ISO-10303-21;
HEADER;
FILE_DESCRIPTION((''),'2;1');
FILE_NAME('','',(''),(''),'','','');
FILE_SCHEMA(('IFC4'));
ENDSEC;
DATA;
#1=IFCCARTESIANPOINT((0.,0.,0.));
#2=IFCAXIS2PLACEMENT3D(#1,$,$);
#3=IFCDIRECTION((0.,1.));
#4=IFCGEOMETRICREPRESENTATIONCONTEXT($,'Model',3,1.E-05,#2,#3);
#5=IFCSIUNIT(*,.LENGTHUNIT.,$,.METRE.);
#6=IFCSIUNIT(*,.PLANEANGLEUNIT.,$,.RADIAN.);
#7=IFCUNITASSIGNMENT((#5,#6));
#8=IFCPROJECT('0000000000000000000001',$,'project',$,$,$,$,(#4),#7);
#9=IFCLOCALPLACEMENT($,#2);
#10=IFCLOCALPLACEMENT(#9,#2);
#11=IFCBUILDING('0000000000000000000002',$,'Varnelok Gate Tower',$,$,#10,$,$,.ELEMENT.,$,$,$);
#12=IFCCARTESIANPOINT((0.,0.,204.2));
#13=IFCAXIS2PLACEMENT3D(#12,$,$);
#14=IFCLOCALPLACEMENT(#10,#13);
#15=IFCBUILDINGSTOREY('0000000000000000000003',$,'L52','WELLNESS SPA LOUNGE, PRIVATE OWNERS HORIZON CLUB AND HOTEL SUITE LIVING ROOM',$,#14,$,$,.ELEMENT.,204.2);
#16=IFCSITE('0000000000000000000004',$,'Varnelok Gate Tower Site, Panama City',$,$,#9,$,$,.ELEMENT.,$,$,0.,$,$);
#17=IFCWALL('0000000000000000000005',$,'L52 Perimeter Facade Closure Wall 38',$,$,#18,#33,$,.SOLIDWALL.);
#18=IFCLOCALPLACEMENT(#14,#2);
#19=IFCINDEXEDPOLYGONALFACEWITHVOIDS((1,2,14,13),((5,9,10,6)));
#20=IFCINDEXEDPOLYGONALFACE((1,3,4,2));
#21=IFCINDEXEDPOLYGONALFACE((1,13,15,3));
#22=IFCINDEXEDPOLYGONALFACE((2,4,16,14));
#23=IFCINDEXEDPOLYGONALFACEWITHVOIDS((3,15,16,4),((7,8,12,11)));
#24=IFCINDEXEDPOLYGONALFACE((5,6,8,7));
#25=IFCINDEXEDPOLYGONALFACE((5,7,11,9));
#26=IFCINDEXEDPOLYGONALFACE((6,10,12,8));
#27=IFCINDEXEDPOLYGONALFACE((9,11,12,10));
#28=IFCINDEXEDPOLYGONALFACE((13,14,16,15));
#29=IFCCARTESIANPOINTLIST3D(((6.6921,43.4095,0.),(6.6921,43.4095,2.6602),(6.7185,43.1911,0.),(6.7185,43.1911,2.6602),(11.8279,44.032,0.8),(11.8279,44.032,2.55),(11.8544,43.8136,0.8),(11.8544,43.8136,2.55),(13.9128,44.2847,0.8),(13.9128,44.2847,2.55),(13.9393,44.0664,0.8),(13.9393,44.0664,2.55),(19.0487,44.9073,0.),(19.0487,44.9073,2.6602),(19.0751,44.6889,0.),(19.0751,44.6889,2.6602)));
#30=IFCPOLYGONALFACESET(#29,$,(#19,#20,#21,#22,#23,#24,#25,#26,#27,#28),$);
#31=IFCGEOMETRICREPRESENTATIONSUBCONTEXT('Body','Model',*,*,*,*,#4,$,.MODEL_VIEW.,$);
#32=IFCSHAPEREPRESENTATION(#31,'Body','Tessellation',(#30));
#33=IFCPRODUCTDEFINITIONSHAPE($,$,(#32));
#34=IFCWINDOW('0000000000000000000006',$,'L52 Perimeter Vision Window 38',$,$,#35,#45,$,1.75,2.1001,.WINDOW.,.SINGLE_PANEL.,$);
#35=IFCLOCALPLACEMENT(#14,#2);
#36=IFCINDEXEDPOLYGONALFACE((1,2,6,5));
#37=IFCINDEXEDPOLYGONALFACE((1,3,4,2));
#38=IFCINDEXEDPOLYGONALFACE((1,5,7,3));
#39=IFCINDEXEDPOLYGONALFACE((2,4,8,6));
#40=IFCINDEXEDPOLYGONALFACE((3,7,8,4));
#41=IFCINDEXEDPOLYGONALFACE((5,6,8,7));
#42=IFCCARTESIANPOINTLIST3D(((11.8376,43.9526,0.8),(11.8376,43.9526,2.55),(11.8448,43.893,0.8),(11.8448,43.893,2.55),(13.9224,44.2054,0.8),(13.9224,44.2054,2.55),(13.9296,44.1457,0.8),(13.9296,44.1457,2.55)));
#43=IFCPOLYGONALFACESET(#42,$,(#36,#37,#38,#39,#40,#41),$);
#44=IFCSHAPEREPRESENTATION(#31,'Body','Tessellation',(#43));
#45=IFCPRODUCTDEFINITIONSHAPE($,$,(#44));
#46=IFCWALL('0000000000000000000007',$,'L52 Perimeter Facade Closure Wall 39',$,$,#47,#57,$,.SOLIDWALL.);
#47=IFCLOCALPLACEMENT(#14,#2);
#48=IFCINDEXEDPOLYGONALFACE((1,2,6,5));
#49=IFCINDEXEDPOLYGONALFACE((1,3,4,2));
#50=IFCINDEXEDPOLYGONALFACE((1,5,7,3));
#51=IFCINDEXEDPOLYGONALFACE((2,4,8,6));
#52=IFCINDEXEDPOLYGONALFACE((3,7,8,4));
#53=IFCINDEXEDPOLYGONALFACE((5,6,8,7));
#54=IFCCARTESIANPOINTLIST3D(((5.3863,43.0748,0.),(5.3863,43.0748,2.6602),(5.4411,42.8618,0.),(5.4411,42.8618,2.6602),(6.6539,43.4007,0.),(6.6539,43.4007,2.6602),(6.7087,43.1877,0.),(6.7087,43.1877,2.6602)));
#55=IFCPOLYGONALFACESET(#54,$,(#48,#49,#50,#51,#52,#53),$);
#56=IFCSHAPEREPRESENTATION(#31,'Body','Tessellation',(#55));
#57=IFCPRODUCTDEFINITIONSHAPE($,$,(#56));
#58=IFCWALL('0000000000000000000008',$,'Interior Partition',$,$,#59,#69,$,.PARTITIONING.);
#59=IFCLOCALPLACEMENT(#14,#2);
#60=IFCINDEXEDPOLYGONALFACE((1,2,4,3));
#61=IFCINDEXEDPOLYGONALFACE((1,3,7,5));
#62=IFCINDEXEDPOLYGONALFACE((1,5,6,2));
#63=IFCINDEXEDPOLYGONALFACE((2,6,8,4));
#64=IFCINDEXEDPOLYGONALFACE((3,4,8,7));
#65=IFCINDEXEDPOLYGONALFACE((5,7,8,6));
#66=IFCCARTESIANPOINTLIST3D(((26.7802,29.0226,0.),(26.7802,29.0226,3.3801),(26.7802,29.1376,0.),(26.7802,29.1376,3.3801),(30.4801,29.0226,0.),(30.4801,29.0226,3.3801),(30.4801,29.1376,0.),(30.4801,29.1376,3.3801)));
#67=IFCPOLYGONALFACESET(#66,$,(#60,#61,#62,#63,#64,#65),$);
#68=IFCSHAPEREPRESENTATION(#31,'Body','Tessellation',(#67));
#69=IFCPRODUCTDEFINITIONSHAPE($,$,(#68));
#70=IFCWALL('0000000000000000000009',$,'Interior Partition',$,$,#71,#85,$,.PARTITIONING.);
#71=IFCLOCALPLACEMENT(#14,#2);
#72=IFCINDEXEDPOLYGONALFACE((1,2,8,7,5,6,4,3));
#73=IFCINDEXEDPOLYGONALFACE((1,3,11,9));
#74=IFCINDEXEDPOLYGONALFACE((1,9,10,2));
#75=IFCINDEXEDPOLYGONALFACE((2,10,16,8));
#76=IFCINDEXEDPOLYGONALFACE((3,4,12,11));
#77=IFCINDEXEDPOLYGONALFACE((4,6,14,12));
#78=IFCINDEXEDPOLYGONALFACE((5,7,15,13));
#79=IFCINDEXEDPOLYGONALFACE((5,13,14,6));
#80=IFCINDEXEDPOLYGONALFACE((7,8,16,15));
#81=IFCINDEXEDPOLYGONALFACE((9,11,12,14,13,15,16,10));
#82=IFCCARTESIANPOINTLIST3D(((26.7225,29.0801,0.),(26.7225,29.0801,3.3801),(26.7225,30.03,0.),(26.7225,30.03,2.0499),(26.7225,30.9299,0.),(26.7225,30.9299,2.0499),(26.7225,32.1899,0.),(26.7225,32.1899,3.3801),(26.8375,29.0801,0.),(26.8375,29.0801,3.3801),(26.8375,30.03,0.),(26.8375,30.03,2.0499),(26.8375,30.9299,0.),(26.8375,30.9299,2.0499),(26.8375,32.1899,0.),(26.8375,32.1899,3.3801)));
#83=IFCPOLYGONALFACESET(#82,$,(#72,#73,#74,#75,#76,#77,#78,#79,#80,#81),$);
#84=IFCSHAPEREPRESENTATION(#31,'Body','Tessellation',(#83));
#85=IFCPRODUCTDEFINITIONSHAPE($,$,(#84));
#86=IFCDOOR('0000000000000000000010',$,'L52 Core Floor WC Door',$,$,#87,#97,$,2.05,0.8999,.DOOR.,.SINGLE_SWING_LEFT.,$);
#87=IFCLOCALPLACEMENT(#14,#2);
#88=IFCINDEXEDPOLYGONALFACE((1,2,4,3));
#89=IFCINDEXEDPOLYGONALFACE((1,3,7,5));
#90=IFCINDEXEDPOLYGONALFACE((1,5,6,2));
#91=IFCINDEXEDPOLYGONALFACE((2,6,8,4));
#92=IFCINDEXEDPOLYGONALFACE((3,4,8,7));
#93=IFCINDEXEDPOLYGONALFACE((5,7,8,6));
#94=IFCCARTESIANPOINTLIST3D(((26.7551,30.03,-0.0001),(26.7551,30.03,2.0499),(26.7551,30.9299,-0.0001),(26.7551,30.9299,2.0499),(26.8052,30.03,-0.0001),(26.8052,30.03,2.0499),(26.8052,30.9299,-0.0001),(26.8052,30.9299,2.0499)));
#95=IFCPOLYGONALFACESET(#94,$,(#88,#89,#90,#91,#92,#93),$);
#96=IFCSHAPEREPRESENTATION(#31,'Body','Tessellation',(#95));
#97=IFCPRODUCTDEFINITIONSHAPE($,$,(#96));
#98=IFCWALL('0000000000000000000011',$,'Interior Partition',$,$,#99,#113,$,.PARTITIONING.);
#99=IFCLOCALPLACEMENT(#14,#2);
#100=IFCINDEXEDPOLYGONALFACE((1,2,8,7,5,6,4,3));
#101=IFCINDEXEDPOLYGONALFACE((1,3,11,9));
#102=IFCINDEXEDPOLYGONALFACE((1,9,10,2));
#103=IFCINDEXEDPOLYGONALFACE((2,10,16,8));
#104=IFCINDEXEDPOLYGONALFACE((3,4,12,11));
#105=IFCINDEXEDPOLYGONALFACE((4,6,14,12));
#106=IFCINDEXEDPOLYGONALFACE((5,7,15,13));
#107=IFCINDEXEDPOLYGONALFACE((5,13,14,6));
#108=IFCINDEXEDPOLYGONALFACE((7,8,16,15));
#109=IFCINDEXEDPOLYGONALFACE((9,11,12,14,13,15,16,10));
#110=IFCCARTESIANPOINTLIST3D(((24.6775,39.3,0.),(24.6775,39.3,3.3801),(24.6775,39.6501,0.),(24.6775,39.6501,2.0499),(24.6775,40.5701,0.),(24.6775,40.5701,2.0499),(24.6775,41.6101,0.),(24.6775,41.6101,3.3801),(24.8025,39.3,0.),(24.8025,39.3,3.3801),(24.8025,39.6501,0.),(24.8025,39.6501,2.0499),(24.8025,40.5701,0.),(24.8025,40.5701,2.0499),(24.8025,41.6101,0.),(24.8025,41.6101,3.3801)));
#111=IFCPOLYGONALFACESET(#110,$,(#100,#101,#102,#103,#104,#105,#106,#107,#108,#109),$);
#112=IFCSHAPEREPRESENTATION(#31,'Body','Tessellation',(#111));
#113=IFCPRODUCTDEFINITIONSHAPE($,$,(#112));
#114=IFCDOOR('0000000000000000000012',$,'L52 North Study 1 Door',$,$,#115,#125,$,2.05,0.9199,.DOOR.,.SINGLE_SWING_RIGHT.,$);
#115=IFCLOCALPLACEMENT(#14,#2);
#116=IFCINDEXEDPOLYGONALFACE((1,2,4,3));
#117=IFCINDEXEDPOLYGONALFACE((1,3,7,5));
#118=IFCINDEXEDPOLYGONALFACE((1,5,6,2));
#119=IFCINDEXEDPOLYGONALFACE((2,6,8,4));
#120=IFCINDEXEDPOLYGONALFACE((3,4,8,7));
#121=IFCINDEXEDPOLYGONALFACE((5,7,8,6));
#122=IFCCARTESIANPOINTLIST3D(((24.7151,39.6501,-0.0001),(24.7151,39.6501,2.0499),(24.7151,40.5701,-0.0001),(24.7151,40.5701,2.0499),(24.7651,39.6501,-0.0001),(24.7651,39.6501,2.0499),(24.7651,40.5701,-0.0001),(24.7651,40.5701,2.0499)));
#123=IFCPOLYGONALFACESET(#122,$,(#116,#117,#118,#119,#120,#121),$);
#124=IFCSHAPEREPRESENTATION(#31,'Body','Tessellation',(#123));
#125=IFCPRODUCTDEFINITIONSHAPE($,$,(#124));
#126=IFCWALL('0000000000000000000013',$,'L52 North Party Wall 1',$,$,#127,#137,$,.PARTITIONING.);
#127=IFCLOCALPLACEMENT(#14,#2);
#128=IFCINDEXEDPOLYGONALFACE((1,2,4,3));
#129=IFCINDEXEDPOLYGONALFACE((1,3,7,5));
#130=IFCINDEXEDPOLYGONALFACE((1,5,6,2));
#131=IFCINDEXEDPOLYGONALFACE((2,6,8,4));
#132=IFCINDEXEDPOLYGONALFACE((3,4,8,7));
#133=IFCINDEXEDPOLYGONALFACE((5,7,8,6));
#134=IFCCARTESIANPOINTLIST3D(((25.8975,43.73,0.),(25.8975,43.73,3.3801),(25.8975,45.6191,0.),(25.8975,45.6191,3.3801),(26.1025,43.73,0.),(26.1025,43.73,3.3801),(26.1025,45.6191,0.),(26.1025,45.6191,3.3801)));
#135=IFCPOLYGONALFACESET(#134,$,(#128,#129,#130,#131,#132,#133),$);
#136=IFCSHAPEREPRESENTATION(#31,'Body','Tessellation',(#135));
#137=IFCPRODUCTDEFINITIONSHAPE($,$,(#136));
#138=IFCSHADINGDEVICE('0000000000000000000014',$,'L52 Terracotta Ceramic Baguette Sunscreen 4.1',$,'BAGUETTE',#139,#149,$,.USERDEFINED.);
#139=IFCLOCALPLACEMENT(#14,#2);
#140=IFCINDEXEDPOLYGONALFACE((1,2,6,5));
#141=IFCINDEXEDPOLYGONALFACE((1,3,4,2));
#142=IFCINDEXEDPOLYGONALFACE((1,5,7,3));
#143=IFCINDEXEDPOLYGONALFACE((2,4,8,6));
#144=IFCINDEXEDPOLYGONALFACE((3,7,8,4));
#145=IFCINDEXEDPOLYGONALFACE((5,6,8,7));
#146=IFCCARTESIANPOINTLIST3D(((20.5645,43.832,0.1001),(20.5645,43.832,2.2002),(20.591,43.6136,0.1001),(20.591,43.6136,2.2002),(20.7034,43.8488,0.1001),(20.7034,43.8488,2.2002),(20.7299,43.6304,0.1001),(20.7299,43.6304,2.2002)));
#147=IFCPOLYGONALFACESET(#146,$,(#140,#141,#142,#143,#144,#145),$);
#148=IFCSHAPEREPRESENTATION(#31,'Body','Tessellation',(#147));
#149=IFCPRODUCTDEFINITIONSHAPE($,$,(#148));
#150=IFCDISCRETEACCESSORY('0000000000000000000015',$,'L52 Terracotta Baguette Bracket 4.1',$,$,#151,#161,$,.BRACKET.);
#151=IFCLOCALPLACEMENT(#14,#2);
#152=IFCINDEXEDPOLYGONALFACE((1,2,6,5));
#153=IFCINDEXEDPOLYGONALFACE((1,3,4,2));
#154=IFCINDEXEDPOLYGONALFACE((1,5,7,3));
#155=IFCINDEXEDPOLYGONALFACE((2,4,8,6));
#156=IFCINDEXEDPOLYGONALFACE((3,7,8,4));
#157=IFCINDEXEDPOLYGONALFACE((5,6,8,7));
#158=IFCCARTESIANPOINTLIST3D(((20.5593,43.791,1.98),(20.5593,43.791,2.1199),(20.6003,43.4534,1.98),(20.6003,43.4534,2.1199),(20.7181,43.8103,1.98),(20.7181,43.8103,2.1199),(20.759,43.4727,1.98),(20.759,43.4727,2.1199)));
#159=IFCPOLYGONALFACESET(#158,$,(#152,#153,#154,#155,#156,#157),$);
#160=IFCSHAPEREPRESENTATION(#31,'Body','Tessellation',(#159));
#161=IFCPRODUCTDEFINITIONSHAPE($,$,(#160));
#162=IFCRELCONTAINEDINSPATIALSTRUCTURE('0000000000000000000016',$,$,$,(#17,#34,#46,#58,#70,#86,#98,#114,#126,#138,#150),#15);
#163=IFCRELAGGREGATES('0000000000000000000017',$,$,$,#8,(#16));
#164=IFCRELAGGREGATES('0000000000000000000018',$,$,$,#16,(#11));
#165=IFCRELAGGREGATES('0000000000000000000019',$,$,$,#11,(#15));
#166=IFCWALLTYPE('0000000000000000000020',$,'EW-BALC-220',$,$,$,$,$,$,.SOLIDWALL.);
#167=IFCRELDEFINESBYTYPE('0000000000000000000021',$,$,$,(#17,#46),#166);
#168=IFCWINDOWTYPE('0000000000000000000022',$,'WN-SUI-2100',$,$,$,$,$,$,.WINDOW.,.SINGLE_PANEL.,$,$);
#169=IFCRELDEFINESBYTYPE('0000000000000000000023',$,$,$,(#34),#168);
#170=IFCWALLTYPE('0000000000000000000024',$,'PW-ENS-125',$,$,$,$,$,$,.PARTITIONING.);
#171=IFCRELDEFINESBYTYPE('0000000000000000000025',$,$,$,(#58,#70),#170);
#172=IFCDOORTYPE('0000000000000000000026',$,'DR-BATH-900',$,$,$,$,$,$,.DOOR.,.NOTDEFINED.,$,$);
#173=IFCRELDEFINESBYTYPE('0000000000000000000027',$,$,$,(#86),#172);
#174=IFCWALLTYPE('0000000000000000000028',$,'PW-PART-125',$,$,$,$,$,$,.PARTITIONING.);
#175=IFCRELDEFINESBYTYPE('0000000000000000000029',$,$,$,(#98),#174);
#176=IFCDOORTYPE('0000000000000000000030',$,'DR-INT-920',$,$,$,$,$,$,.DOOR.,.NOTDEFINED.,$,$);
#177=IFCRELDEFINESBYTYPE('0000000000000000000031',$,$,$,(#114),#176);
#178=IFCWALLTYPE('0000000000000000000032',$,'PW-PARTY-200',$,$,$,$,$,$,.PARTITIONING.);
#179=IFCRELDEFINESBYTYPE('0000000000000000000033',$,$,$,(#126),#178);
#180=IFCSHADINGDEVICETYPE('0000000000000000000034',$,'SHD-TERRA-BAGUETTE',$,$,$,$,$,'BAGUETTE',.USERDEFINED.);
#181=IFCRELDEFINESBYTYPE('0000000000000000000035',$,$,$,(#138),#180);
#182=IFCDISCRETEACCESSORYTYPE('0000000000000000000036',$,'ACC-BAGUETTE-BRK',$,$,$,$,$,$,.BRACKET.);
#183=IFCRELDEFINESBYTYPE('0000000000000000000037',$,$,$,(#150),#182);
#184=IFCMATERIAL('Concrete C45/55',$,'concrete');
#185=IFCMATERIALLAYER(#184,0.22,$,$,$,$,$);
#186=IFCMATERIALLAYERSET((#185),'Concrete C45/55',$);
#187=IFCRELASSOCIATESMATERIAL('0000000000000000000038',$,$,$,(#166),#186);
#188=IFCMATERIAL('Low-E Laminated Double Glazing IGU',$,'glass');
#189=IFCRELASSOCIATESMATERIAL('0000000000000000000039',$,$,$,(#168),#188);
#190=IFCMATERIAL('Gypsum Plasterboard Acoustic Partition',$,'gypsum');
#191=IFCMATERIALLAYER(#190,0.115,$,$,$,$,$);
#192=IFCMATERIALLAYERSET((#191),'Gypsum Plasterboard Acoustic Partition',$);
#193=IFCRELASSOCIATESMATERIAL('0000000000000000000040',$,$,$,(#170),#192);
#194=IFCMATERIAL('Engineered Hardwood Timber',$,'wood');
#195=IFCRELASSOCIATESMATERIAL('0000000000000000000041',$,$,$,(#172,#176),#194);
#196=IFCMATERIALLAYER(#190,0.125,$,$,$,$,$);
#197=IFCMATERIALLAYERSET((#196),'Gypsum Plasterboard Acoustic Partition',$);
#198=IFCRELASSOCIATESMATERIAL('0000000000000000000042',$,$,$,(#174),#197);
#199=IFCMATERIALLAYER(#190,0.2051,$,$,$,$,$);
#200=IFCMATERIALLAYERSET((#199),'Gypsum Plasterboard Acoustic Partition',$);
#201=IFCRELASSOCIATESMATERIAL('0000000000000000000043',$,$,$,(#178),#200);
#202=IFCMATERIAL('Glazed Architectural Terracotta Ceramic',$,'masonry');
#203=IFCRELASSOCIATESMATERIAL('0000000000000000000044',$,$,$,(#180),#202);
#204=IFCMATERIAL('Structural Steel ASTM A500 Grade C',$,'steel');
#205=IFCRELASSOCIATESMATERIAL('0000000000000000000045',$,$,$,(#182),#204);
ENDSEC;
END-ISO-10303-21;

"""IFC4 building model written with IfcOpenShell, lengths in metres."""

from ifc_helpers import new_model, si_unit, direction, frame, frame_2d, origin, origin_2d, place, context, subcontext, project, spatial, rectangle, extrude, source, transform, mapped, material, layer, layer_set, type_object, element, fill, save


model = new_model("IFC4")

# Units and contexts
model_context = context("Model", 3, precision=1e-05, world=origin(), true_north=direction((0.0, 1.0)))
body_context = subcontext(model_context, "Body", "Model", "MODEL_VIEW")
ifc_project = project(units=[si_unit("LENGTHUNIT", "METRE"), si_unit("PLANEANGLEUNIT", "RADIAN")], contexts=[model_context])

# Site, building, storey
site_placement = place(None, origin())
site = spatial("IfcSite", under=ifc_project, at=site_placement, Name="Varnelok Gate Tower Site, Panama City", CompositionType="ELEMENT", RefElevation=0.0)
building_placement = place(site_placement, origin())
building = spatial("IfcBuilding", under=site, at=building_placement, Name="Varnelok Gate Tower", CompositionType="ELEMENT")
storey_placement = place(building_placement, frame((0.0, 0.0, 204.2)))
storey = spatial("IfcBuildingStorey", under=building, at=storey_placement, Name="L52", Description="WELLNESS SPA LOUNGE, PRIVATE OWNERS HORIZON CLUB AND HOTEL SUITE LIVING ROOM", CompositionType="ELEMENT", Elevation=204.2)

# Shared definitions
ifc_material_1 = material(Name="Concrete C45/55", Category="concrete")
ifc_layer_1 = layer(ifc_material_1, 0.22)
ifc_layer_set_1 = layer_set([ifc_layer_1], Name="Concrete C45/55")
wall_type_1 = type_object("IfcWallType", Name="EW-BALC-220", PredefinedType="SOLIDWALL", material=ifc_layer_set_1)
ifc_material_2 = material(Name="Low-E Laminated Double Glazing IGU", Category="glass")

# Wall, opening, window
wall_1_placement = place(storey_placement, frame((19.062, 44.7981, 0.0), z_axis=(0.0, 0.0, 1.0), x_axis=(-0.992734, -0.120333, 0.0)))
wall_1 = element("IfcWall", 1, at=wall_1_placement, inside=storey, type_object=wall_type_1, Name="L52 Perimeter Facade Closure Wall 38", PredefinedType="SOLIDWALL", context=body_context, shape_type="SweptSolid", body=[
    extrude(rectangle(XDim=12.447, YDim=0.22, at=frame_2d((6.2236, 0.0))), origin(), (0.0, 0.0, 1.0), 2.6602),
])
opening_1_placement = place(wall_1_placement, frame((5.1736, 0.0, 0.8)))
opening_1 = element("IfcOpeningElement", 2, at=opening_1_placement, cuts=wall_1, PredefinedType="OPENING", context=body_context, shape_type="SweptSolid", body=[
    extrude(rectangle(XDim=2.1001, YDim=1.75, at=frame_2d((1.05, 0.875))), frame((0.0, 0.1199, 0.0), z_axis=(0.0, -1.0, 0.0), x_axis=(1.0, 0.0, 0.0)), (0.0, 0.0, 1.0), 0.24),
])
window_type_1 = type_object("IfcWindowType", Name="WN-SUI-2100", PartitioningType="SINGLE_PANEL", PredefinedType="WINDOW", material=ifc_material_2)
window_1_placement = place(opening_1_placement, origin())
window_1 = element("IfcWindow", 3, at=window_1_placement, inside=storey, type_object=window_type_1, Name="L52 Perimeter Vision Window 38", OverallHeight=1.75, OverallWidth=2.1001, PartitioningType="SINGLE_PANEL", PredefinedType="WINDOW", context=body_context, shape_type="SweptSolid", body=[
    extrude(rectangle(XDim=2.1001, YDim=1.75, at=frame_2d((1.05, 0.875))), frame((0.0, 0.03, 0.0), z_axis=(0.0, -1.0, 0.0), x_axis=(1.0, 0.0, 0.0)), (0.0, 0.0, 1.0), 0.0601),
])
fill(opening_1, window_1)

# Walls
wall_2_placement = place(storey_placement, frame((6.6812, 43.2942, 0.0), z_axis=(0.0, 0.0, 1.0), x_axis=(-0.968497, -0.249026, 0.0)))
element("IfcWall", 4, at=wall_2_placement, inside=storey, type_object=wall_type_1, Name="L52 Perimeter Facade Closure Wall 39", PredefinedType="SOLIDWALL", context=body_context, shape_type="SweptSolid", body=[
    extrude(rectangle(XDim=1.3088, YDim=0.22, at=frame_2d((0.6543, 0.0))), origin(), (0.0, 0.0, 1.0), 2.6602),
])
ifc_material_3 = material(Name="Gypsum Plasterboard Acoustic Partition", Category="gypsum")
ifc_layer_2 = layer(ifc_material_3, 0.115)
ifc_layer_set_2 = layer_set([ifc_layer_2], Name="Gypsum Plasterboard Acoustic Partition")
wall_type_2 = type_object("IfcWallType", Name="PW-ENS-125", PredefinedType="PARTITIONING", material=ifc_layer_set_2)
wall_3_placement = place(storey_placement, frame((26.78, 29.0801, 0.0), z_axis=(0.0, 0.0, 1.0), x_axis=(1.0, 0.0, 0.0)))
element("IfcWall", 5, at=wall_3_placement, inside=storey, type_object=wall_type_2, Name="Interior Partition", PredefinedType="PARTITIONING", context=body_context, shape_type="SweptSolid", body=[
    extrude(rectangle(XDim=3.7, YDim=0.115, at=frame_2d((1.8501, 0.0))), origin(), (0.0, 0.0, 1.0), 3.3801),
])

# Walls, openings, doors
wall_4_placement = place(storey_placement, frame((26.78, 29.0801, 0.0), z_axis=(0.0, 0.0, 1.0), x_axis=(0.0, 1.0, 0.0)))
wall_4 = element("IfcWall", 6, at=wall_4_placement, inside=storey, type_object=wall_type_2, Name="Interior Partition", PredefinedType="PARTITIONING", context=body_context, shape_type="SweptSolid", body=[
    extrude(rectangle(XDim=3.1099, YDim=0.115, at=frame_2d((1.5549, 0.0))), origin(), (0.0, 0.0, 1.0), 3.3801),
])
opening_2_placement = place(wall_4_placement, frame((0.95, 0.0, 0.0)))
opening_2 = element("IfcOpeningElement", 7, at=opening_2_placement, cuts=wall_4, PredefinedType="OPENING", context=body_context, shape_type="SweptSolid", body=[
    extrude(rectangle(XDim=0.8999, YDim=2.05, at=frame_2d((0.45, 1.0249))), frame((0.0, 0.0674, 0.0), z_axis=(0.0, -1.0, 0.0), x_axis=(1.0, 0.0, 0.0)), (0.0, 0.0, 1.0), 0.135),
])
ifc_material_4 = material(Name="Engineered Hardwood Timber", Category="wood")
door_type_1 = type_object("IfcDoorType", Name="DR-BATH-900", OperationType="NOTDEFINED", PredefinedType="DOOR", material=ifc_material_4)
door_1_placement = place(opening_2_placement, origin())
door_1 = element("IfcDoor", 8, at=door_1_placement, inside=storey, type_object=door_type_1, Name="L52 Core Floor WC Door", OperationType="SINGLE_SWING_LEFT", OverallHeight=2.05, OverallWidth=0.8999, PredefinedType="DOOR", context=body_context, shape_type="SweptSolid", body=[
    extrude(rectangle(XDim=0.8999, YDim=2.05, at=frame_2d((0.45, 1.0249))), frame((0.0, 0.0249, 0.0), z_axis=(0.0, -1.0, 0.0), x_axis=(1.0, 0.0, 0.0)), (0.0, 0.0, 1.0), 0.05),
])
fill(opening_2, door_1)
ifc_layer_3 = layer(ifc_material_3, 0.125)
ifc_layer_set_3 = layer_set([ifc_layer_3], Name="Gypsum Plasterboard Acoustic Partition")
wall_type_3 = type_object("IfcWallType", Name="PW-PART-125", PredefinedType="PARTITIONING", material=ifc_layer_set_3)
wall_5_placement = place(storey_placement, frame((24.74, 39.3, 0.0), z_axis=(0.0, 0.0, 1.0), x_axis=(0.0, 1.0, 0.0)))
wall_5 = element("IfcWall", 9, at=wall_5_placement, inside=storey, type_object=wall_type_3, Name="Interior Partition", PredefinedType="PARTITIONING", context=body_context, shape_type="SweptSolid", body=[
    extrude(rectangle(XDim=2.3101, YDim=0.125, at=frame_2d((1.155, 0.0))), origin(), (0.0, 0.0, 1.0), 3.3801),
])
opening_3_placement = place(wall_5_placement, frame((0.3501, 0.0, 0.0)))
opening_3 = element("IfcOpeningElement", 10, at=opening_3_placement, cuts=wall_5, PredefinedType="OPENING", context=body_context, shape_type="SweptSolid", body=[
    extrude(rectangle(XDim=0.9199, YDim=2.05, at=frame_2d((0.46, 1.0249))), frame((0.0, 0.0725, 0.0), z_axis=(0.0, -1.0, 0.0), x_axis=(1.0, 0.0, 0.0)), (0.0, 0.0, 1.0), 0.145),
])
door_type_2 = type_object("IfcDoorType", Name="DR-INT-920", OperationType="NOTDEFINED", PredefinedType="DOOR", material=ifc_material_4)
door_2_placement = place(opening_3_placement, origin())
door_2 = element("IfcDoor", 11, at=door_2_placement, inside=storey, type_object=door_type_2, Name="L52 North Study 1 Door", OperationType="SINGLE_SWING_RIGHT", OverallHeight=2.05, OverallWidth=0.9199, PredefinedType="DOOR", context=body_context, shape_type="SweptSolid", body=[
    extrude(rectangle(XDim=0.9199, YDim=2.05, at=frame_2d((0.46, 1.0249))), frame((0.0, 0.0249, 0.0), z_axis=(0.0, -1.0, 0.0), x_axis=(1.0, 0.0, 0.0)), (0.0, 0.0, 1.0), 0.05),
])
fill(opening_3, door_2)

# Wall
ifc_layer_4 = layer(ifc_material_3, 0.2051)
ifc_layer_set_4 = layer_set([ifc_layer_4], Name="Gypsum Plasterboard Acoustic Partition")
wall_type_4 = type_object("IfcWallType", Name="PW-PARTY-200", PredefinedType="PARTITIONING", material=ifc_layer_set_4)
wall_6_placement = place(storey_placement, frame((26.0, 43.73, 0.0), z_axis=(0.0, 0.0, 1.0), x_axis=(0.0, 1.0, 0.0)))
element("IfcWall", 12, at=wall_6_placement, inside=storey, type_object=wall_type_4, Name="L52 North Party Wall 1", PredefinedType="PARTITIONING", context=body_context, shape_type="SweptSolid", body=[
    extrude(rectangle(XDim=1.8892, YDim=0.2051, at=frame_2d((0.9446, 0.0))), origin(), (0.0, 0.0, 1.0), 3.3801),
])

# Shading device
ifc_material_5 = material(Name="Glazed Architectural Terracotta Ceramic", Category="masonry")
shading_device_type = type_object("IfcShadingDeviceType", Name="SHD-TERRA-BAGUETTE", ElementType="BAGUETTE", PredefinedType="USERDEFINED", material=ifc_material_5)
shared_shape_1 = source(origin(), body_context, "Body", "SweptSolid", [
    extrude(rectangle(XDim=0.1399, YDim=0.22, at=origin_2d()), origin(), (0.0, 0.0, 1.0), 2.1001),
])
shading_device_placement = place(storey_placement, frame((20.6472, 43.7312, 0.1001), z_axis=(0.0, 0.0, 1.0), x_axis=(0.992732, 0.120345, 0.0)))
element("IfcShadingDevice", 13, at=shading_device_placement, inside=storey, type_object=shading_device_type, Name="L52 Terracotta Ceramic Baguette Sunscreen 4.1", ObjectType="BAGUETTE", PredefinedType="USERDEFINED", context=body_context, shape_type="MappedRepresentation", body=[
    mapped(shared_shape_1, transform((0.0, 0.0, 0.0), scale=1.0)),
])

# Discrete accessory
ifc_material_6 = material(Name="Structural Steel ASTM A500 Grade C", Category="steel")
discrete_accessory_type = type_object("IfcDiscreteAccessoryType", Name="ACC-BAGUETTE-BRK", PredefinedType="BRACKET", material=ifc_material_6)
shared_shape_2 = source(origin(), body_context, "Body", "SweptSolid", [
    extrude(rectangle(XDim=0.1599, YDim=0.3401, at=origin_2d()), origin(), (0.0, 0.0, 1.0), 0.1399),
])
discrete_accessory_placement = place(storey_placement, frame((20.6592, 43.6318, 1.98), z_axis=(0.0, 0.0, 1.0), x_axis=(0.992732, 0.120345, 0.0)))
element("IfcDiscreteAccessory", 14, at=discrete_accessory_placement, inside=storey, type_object=discrete_accessory_type, Name="L52 Terracotta Baguette Bracket 4.1", PredefinedType="BRACKET", context=body_context, shape_type="MappedRepresentation", body=[
    mapped(shared_shape_2, transform((0.0, 0.0, 0.0), scale=1.0)),
])

save(model, "model.ifc")
